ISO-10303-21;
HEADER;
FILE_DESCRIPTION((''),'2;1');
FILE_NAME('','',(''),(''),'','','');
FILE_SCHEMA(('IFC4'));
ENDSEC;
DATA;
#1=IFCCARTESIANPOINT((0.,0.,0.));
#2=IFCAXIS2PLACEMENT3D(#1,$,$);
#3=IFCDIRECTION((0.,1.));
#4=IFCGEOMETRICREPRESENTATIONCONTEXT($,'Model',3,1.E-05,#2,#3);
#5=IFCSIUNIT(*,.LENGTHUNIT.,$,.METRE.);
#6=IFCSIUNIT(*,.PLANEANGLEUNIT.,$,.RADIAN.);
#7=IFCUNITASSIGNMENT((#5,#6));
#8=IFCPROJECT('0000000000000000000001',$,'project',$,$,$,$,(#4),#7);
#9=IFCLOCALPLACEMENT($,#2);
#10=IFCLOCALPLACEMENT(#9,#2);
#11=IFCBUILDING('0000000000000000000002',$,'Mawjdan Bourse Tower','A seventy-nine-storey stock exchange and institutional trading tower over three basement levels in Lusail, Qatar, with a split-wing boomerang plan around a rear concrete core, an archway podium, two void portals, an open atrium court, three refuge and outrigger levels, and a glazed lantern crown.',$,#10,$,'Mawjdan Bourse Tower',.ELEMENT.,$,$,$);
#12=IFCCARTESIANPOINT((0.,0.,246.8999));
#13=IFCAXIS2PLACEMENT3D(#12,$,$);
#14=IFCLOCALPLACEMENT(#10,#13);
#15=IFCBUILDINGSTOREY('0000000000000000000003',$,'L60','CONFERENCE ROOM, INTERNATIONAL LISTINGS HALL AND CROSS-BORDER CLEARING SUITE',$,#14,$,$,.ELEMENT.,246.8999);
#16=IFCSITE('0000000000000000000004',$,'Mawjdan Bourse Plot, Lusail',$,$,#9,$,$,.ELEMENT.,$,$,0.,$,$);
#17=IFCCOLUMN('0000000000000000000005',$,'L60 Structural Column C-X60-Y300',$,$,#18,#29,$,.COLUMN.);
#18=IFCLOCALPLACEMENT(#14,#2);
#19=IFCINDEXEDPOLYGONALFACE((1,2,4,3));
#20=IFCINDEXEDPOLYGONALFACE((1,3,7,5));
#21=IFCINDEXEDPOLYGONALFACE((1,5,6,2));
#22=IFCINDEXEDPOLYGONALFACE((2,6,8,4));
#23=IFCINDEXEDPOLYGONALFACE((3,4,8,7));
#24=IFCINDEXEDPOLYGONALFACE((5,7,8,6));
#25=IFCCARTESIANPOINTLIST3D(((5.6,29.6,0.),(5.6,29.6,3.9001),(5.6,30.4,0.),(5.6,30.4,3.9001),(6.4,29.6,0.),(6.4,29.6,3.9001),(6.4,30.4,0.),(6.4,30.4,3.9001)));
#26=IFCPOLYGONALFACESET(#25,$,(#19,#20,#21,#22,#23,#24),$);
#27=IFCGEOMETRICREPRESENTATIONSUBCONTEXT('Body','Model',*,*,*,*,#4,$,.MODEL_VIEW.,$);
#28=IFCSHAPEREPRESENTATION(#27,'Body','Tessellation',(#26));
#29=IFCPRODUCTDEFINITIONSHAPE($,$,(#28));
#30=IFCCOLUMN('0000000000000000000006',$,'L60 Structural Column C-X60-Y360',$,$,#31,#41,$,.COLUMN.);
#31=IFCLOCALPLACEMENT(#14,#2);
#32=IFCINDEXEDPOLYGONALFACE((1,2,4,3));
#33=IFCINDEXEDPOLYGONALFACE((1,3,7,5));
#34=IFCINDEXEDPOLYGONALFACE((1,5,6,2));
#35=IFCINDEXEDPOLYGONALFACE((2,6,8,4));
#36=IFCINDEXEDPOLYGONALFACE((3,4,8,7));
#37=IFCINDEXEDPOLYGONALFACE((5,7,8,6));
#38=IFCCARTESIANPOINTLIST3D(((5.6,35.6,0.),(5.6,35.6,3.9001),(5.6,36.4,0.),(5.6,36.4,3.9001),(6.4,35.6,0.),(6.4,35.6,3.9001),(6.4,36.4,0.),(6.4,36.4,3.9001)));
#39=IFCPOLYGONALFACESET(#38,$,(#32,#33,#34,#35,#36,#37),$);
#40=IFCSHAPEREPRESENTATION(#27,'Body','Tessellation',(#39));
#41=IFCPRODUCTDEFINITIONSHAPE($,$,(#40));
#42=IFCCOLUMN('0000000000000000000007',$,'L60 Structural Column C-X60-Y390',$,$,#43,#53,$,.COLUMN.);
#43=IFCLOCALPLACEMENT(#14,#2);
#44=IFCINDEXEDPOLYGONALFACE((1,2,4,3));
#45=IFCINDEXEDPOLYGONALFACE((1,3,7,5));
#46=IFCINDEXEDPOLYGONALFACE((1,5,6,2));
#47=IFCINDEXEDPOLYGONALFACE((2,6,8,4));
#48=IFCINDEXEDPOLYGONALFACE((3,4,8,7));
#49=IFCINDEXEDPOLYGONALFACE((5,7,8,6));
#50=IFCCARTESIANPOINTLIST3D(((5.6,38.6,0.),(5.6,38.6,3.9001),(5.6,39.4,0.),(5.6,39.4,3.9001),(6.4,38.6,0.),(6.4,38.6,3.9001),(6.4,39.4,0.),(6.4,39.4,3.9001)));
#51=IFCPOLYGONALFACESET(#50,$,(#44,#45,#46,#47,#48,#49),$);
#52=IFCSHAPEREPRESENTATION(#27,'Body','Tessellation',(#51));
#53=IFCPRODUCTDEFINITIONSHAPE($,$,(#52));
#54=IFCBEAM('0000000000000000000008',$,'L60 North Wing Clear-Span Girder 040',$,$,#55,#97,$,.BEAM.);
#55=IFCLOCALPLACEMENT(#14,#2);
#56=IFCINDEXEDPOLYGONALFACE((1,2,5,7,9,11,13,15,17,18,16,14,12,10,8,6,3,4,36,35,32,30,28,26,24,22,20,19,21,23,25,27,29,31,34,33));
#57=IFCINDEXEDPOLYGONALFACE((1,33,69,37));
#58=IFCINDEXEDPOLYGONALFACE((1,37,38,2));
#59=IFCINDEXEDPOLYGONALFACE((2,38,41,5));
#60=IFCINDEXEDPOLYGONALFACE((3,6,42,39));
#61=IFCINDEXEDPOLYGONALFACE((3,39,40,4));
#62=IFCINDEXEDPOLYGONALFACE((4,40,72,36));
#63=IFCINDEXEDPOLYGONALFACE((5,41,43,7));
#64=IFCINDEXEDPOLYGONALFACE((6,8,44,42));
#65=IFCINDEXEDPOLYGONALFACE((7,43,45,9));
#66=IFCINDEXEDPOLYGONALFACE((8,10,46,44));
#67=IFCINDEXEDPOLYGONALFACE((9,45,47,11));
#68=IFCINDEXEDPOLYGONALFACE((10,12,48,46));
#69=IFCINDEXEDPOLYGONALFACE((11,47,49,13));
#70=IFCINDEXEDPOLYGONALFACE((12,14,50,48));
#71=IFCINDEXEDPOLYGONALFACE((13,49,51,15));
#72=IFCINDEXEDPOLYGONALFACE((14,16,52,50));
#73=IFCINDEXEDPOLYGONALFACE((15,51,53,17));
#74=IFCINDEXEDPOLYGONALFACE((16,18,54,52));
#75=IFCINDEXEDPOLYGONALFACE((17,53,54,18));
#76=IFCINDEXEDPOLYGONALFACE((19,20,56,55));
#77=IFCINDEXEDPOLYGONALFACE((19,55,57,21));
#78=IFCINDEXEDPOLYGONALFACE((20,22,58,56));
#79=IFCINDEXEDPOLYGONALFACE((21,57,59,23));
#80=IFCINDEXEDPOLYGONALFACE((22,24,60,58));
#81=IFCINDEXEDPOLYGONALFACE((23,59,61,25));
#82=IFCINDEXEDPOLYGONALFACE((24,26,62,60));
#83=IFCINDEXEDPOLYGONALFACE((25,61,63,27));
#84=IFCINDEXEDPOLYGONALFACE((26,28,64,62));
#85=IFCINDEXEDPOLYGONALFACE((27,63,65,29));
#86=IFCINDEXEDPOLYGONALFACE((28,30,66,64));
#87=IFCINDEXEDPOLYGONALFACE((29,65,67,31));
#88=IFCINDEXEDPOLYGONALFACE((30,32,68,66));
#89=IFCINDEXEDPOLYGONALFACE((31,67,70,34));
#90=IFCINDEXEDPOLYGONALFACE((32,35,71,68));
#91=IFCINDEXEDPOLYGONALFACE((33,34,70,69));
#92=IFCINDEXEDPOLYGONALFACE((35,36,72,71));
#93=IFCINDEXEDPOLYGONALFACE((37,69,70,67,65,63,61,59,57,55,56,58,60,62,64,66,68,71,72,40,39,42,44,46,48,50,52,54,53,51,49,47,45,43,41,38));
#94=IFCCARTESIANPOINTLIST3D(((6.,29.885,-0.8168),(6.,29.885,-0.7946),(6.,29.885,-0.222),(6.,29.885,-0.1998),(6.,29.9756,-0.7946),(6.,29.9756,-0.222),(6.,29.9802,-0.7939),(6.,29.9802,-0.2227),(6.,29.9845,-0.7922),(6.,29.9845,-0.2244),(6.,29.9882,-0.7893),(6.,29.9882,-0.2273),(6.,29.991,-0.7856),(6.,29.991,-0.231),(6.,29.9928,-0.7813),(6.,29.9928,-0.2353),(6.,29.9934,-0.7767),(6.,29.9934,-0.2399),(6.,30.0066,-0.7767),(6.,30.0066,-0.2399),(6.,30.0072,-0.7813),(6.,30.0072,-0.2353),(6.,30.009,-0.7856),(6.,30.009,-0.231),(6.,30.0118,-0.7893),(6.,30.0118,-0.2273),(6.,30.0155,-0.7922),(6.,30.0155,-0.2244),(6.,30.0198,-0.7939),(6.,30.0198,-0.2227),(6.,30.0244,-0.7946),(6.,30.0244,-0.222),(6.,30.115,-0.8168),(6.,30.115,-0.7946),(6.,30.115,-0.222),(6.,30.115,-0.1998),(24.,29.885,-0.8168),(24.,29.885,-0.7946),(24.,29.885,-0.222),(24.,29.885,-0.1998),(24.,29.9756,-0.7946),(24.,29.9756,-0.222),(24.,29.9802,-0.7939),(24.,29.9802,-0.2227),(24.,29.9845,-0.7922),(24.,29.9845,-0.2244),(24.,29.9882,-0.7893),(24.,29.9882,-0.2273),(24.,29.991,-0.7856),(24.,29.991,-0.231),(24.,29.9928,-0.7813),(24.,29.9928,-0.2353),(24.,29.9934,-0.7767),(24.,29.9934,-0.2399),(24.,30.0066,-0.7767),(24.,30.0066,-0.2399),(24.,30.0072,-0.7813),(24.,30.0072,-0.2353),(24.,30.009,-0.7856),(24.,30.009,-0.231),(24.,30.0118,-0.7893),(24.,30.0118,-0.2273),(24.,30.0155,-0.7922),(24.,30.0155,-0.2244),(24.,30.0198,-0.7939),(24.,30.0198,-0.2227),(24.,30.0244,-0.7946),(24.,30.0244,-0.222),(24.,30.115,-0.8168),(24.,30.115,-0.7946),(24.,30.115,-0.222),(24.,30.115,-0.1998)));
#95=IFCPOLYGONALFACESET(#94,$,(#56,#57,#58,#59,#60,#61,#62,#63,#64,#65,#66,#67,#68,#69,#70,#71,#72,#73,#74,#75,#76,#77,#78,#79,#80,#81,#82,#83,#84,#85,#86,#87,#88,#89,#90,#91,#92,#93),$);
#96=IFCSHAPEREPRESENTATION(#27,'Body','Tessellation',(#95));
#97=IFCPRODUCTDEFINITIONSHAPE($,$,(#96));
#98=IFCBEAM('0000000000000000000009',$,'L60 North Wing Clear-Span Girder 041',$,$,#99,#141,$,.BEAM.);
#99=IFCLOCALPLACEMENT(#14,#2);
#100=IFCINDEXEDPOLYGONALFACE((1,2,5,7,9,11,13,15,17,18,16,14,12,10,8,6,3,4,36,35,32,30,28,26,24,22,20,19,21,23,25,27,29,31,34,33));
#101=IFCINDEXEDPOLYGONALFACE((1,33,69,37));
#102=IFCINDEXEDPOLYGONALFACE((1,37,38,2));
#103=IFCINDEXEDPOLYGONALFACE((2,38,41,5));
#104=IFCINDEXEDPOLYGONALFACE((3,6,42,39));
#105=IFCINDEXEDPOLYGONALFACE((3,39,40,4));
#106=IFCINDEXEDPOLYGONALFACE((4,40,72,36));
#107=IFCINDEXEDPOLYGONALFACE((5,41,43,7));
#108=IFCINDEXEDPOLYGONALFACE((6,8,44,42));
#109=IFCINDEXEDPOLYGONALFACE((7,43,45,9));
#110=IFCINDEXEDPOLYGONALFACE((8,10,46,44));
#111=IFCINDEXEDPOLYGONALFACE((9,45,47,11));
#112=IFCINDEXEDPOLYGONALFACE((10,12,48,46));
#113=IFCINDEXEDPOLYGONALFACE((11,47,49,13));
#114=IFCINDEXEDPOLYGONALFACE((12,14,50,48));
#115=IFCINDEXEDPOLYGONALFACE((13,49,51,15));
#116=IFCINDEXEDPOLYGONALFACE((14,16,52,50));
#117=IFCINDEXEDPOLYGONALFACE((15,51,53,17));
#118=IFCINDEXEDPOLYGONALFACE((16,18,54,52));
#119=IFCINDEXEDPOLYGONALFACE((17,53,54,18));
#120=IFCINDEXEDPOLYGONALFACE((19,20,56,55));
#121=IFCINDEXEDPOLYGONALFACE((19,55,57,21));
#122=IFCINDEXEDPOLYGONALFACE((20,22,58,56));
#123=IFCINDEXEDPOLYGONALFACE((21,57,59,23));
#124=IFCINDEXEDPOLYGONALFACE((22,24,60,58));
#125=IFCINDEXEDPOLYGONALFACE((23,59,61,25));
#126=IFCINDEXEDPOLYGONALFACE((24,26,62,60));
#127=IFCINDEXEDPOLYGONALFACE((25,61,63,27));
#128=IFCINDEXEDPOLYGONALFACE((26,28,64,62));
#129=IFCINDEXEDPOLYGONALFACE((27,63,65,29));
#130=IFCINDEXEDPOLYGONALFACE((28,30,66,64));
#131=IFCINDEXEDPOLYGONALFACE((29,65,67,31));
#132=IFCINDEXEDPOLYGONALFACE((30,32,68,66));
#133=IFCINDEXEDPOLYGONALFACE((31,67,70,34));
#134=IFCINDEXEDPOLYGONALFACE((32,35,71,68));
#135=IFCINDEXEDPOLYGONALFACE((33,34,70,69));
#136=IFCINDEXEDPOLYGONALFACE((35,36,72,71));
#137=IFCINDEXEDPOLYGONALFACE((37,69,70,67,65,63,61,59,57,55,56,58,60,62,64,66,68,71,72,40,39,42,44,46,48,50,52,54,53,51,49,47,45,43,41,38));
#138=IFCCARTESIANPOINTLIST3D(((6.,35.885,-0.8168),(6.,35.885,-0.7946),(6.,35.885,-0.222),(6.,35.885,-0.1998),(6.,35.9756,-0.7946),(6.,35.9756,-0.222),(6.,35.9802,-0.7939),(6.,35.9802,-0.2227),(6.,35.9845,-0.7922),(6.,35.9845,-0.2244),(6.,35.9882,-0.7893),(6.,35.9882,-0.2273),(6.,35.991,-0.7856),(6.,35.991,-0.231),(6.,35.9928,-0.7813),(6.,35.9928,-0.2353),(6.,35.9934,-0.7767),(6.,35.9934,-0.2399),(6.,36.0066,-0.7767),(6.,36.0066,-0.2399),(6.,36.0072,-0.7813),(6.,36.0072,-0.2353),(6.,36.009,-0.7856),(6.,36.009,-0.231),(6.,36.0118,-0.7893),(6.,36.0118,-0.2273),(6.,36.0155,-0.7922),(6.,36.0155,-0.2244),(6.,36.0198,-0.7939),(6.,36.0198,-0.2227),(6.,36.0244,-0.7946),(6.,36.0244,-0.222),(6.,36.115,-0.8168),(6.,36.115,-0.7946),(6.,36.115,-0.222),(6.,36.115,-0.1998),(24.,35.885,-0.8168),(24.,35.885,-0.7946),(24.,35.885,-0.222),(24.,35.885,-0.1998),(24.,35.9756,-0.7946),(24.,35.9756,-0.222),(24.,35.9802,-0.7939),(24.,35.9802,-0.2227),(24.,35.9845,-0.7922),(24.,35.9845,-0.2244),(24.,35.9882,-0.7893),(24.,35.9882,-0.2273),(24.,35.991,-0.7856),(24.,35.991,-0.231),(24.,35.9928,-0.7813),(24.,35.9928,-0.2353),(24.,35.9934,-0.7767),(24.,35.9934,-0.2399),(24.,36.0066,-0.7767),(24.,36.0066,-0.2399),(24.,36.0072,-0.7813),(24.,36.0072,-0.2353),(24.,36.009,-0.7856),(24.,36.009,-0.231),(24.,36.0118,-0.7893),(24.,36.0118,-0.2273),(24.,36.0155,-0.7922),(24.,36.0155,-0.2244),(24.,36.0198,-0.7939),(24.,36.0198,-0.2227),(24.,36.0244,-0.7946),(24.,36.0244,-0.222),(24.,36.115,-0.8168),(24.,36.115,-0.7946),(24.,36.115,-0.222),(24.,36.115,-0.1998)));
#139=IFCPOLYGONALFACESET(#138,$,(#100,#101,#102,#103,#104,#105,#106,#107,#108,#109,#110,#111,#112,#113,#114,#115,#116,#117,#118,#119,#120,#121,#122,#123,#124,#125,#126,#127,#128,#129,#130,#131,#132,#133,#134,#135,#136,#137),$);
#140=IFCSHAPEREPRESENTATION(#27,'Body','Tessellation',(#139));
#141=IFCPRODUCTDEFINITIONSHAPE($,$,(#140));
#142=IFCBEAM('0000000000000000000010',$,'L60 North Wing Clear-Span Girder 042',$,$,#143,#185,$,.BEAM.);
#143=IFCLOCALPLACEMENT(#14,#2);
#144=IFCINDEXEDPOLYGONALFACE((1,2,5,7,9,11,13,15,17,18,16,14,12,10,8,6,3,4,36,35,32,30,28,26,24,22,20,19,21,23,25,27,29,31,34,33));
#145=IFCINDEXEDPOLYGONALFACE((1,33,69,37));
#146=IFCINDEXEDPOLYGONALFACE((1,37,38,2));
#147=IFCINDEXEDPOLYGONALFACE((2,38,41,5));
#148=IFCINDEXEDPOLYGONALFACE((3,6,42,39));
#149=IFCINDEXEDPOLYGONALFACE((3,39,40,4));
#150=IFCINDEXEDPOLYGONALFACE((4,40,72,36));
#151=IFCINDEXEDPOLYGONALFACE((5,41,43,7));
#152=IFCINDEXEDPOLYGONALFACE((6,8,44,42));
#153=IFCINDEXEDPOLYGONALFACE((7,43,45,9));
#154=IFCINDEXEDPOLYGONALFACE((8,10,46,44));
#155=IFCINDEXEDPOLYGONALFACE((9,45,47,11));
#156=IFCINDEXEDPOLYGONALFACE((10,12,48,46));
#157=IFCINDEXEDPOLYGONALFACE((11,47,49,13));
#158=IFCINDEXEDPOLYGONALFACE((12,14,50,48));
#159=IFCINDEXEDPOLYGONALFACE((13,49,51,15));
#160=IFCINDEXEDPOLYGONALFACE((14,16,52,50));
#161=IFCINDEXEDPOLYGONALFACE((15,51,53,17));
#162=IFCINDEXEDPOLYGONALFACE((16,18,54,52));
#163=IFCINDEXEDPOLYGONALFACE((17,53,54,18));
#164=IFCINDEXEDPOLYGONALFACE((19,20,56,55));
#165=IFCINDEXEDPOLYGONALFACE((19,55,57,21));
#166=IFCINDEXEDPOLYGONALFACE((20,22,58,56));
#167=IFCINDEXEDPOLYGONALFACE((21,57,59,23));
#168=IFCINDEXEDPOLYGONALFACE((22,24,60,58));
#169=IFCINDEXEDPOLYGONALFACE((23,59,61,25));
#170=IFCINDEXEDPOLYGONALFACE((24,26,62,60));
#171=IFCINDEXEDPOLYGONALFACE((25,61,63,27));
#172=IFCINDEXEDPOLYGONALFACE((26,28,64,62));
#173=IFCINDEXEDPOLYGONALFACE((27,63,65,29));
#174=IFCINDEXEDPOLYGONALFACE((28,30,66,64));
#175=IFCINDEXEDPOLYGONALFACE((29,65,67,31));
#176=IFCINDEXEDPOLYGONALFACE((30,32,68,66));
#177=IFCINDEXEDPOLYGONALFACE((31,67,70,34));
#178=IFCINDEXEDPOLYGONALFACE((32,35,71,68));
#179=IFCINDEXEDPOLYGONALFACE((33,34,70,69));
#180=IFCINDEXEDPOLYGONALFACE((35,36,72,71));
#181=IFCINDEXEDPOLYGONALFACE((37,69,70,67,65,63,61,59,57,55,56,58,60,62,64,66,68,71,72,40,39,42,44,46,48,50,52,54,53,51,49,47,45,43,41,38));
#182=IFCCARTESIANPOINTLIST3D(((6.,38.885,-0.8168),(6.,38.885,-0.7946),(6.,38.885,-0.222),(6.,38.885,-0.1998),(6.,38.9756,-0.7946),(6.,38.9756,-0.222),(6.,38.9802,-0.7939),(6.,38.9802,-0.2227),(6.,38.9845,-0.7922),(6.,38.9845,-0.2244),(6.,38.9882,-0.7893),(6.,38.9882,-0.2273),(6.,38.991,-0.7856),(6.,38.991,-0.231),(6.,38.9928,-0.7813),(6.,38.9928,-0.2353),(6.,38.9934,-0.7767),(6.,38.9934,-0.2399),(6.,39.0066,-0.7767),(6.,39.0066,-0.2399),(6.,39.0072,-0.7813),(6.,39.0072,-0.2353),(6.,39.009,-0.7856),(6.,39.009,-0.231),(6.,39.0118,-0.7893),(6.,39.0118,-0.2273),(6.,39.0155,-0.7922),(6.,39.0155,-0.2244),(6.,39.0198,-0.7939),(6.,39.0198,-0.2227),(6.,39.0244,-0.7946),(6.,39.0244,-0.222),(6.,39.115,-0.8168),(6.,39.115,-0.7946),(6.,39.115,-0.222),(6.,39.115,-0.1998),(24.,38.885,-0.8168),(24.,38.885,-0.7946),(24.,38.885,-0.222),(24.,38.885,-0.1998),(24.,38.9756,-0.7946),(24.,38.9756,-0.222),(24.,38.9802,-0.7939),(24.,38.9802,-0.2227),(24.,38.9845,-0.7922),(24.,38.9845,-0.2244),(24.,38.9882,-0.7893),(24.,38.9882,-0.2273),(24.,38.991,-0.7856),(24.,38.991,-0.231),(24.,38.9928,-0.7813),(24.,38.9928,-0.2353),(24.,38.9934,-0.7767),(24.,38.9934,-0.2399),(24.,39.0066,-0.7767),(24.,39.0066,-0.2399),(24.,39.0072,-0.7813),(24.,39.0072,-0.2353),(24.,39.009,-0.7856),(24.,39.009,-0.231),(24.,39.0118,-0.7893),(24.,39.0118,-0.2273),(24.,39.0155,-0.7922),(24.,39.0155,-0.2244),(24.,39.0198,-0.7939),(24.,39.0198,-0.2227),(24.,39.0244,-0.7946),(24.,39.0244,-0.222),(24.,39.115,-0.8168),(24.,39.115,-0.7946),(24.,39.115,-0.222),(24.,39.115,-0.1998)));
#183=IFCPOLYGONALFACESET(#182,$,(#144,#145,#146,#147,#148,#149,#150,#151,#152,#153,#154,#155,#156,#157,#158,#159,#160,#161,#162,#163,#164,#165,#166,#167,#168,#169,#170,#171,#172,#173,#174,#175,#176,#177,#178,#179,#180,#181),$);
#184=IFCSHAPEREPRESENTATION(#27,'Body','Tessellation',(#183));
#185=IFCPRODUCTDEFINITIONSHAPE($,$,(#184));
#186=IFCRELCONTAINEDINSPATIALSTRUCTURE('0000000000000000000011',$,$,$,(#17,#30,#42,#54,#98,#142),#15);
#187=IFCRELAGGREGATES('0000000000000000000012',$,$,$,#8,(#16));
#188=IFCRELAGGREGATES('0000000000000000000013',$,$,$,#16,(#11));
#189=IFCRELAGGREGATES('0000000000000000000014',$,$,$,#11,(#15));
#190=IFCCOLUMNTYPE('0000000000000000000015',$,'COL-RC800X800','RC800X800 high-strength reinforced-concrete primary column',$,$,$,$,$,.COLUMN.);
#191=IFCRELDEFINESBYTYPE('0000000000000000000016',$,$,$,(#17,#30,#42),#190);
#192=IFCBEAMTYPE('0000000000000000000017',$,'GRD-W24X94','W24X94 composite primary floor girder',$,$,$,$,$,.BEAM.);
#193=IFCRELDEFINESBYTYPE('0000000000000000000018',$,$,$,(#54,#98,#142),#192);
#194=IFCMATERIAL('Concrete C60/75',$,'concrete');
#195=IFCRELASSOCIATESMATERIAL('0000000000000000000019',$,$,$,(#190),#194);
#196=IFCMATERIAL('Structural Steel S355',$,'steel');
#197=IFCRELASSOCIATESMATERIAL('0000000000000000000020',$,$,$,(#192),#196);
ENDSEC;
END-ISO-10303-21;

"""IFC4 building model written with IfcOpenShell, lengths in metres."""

from ifc_helpers import new_model, si_unit, direction, frame, origin, origin_2d, place, context, subcontext, project, spatial, rectangle, i_section, extrude, material, material_profile, profile_set, type_object, element, save


model = new_model("IFC4")

# Units and contexts
model_context = context("Model", 3, precision=1e-05, world=origin(), true_north=direction((0.0, 1.0)))
body_context = subcontext(model_context, "Body", "Model", "MODEL_VIEW")
ifc_project = project(units=[si_unit("LENGTHUNIT", "METRE"), si_unit("PLANEANGLEUNIT", "RADIAN")], contexts=[model_context])

# Site, building, storey
site_placement = place(None, origin())
site = spatial("IfcSite", under=ifc_project, at=site_placement, Name="Mawjdan Bourse Plot, Lusail", CompositionType="ELEMENT", RefElevation=0.0)
building_placement = place(site_placement, origin())
building = spatial("IfcBuilding", under=site, at=building_placement, Name="Mawjdan Bourse Tower", Description="A seventy-nine-storey stock exchange and institutional trading tower over three basement levels in Lusail, Qatar, with a split-wing boomerang plan around a rear concrete core, an archway podium, two void portals, an open atrium court, three refuge and outrigger levels, and a glazed lantern crown.", LongName="Mawjdan Bourse Tower", CompositionType="ELEMENT")
storey_placement = place(building_placement, frame((0.0, 0.0, 246.8999)))
storey = spatial("IfcBuildingStorey", under=building, at=storey_placement, Name="L60", Description="CONFERENCE ROOM, INTERNATIONAL LISTINGS HALL AND CROSS-BORDER CLEARING SUITE", CompositionType="ELEMENT", Elevation=246.8999)

# Columns
ifc_material_1 = material(Name="Concrete C60/75", Category="concrete")
ifc_material_profile_1 = material_profile(ifc_material_1, rectangle(XDim=0.8, YDim=0.8, at=origin_2d()), Name="RC800X800")
ifc_profile_set_1 = profile_set([ifc_material_profile_1], Name="Concrete C60/75")
column_type = type_object("IfcColumnType", Name="COL-RC800X800", Description="RC800X800 high-strength reinforced-concrete primary column", PredefinedType="COLUMN", material=ifc_profile_set_1)
for number, where, z_axis, x_axis, name in (
    (1, (6.0, 30.0, 0.0), (0.0, 0.0, 1.0), (1.0, 0.0, 0.0), "L60 Structural Column C-X60-Y300"),
    (2, (6.0, 36.0, 0.0), (0.0, 0.0, 1.0), (1.0, 0.0, 0.0), "L60 Structural Column C-X60-Y360"),
    (3, (6.0, 39.0, 0.0), (0.0, 0.0, 1.0), (1.0, 0.0, 0.0), "L60 Structural Column C-X60-Y390"),
):
    element("IfcColumn", number, at=place(storey_placement, frame(where, z_axis=z_axis, x_axis=x_axis)), inside=storey, type_object=column_type, Name=name, PredefinedType="COLUMN", context=body_context, shape_type="SweptSolid", body=[
        extrude(rectangle(XDim=0.8, YDim=0.8, at=origin_2d()), origin(), (0.0, 0.0, 1.0), 3.9001),
    ])

# Beams
ifc_material_2 = material(Name="Structural Steel S355", Category="steel")
ifc_material_profile_2 = material_profile(ifc_material_2, i_section(OverallWidth=0.23, OverallDepth=0.6169, WebThickness=0.0132, FlangeThickness=0.0222, FilletRadius=0.0178, at=origin_2d()), Name="W24X94")
ifc_profile_set_2 = profile_set([ifc_material_profile_2], Name="Structural Steel S355")
beam_type_1 = type_object("IfcBeamType", Name="GRD-W24X94", Description="W24X94 composite primary floor girder", PredefinedType="BEAM", material=ifc_profile_set_2)
for number, where, z_axis, x_axis, name in (
    (4, (6.0, 30.0, -0.5083), (1.0, 0.0, 0.0), (0.0, 1.0, 0.0), "L60 North Wing Clear-Span Girder 040"),
    (5, (6.0, 36.0, -0.5083), (1.0, 0.0, 0.0), (0.0, 1.0, 0.0), "L60 North Wing Clear-Span Girder 041"),
    (6, (6.0, 39.0, -0.5083), (1.0, 0.0, 0.0), (0.0, 1.0, 0.0), "L60 North Wing Clear-Span Girder 042"),
):
    element("IfcBeam", number, at=place(storey_placement, frame(where, z_axis=z_axis, x_axis=x_axis)), inside=storey, type_object=beam_type_1, Name=name, PredefinedType="BEAM", context=body_context, shape_type="SweptSolid", body=[
        extrude(i_section(OverallWidth=0.23, OverallDepth=0.6169, WebThickness=0.0132, FlangeThickness=0.0222, FilletRadius=0.0178, at=origin_2d()), origin(), (0.0, 0.0, 1.0), 18.0),
    ])

save(model, "model.ifc")
